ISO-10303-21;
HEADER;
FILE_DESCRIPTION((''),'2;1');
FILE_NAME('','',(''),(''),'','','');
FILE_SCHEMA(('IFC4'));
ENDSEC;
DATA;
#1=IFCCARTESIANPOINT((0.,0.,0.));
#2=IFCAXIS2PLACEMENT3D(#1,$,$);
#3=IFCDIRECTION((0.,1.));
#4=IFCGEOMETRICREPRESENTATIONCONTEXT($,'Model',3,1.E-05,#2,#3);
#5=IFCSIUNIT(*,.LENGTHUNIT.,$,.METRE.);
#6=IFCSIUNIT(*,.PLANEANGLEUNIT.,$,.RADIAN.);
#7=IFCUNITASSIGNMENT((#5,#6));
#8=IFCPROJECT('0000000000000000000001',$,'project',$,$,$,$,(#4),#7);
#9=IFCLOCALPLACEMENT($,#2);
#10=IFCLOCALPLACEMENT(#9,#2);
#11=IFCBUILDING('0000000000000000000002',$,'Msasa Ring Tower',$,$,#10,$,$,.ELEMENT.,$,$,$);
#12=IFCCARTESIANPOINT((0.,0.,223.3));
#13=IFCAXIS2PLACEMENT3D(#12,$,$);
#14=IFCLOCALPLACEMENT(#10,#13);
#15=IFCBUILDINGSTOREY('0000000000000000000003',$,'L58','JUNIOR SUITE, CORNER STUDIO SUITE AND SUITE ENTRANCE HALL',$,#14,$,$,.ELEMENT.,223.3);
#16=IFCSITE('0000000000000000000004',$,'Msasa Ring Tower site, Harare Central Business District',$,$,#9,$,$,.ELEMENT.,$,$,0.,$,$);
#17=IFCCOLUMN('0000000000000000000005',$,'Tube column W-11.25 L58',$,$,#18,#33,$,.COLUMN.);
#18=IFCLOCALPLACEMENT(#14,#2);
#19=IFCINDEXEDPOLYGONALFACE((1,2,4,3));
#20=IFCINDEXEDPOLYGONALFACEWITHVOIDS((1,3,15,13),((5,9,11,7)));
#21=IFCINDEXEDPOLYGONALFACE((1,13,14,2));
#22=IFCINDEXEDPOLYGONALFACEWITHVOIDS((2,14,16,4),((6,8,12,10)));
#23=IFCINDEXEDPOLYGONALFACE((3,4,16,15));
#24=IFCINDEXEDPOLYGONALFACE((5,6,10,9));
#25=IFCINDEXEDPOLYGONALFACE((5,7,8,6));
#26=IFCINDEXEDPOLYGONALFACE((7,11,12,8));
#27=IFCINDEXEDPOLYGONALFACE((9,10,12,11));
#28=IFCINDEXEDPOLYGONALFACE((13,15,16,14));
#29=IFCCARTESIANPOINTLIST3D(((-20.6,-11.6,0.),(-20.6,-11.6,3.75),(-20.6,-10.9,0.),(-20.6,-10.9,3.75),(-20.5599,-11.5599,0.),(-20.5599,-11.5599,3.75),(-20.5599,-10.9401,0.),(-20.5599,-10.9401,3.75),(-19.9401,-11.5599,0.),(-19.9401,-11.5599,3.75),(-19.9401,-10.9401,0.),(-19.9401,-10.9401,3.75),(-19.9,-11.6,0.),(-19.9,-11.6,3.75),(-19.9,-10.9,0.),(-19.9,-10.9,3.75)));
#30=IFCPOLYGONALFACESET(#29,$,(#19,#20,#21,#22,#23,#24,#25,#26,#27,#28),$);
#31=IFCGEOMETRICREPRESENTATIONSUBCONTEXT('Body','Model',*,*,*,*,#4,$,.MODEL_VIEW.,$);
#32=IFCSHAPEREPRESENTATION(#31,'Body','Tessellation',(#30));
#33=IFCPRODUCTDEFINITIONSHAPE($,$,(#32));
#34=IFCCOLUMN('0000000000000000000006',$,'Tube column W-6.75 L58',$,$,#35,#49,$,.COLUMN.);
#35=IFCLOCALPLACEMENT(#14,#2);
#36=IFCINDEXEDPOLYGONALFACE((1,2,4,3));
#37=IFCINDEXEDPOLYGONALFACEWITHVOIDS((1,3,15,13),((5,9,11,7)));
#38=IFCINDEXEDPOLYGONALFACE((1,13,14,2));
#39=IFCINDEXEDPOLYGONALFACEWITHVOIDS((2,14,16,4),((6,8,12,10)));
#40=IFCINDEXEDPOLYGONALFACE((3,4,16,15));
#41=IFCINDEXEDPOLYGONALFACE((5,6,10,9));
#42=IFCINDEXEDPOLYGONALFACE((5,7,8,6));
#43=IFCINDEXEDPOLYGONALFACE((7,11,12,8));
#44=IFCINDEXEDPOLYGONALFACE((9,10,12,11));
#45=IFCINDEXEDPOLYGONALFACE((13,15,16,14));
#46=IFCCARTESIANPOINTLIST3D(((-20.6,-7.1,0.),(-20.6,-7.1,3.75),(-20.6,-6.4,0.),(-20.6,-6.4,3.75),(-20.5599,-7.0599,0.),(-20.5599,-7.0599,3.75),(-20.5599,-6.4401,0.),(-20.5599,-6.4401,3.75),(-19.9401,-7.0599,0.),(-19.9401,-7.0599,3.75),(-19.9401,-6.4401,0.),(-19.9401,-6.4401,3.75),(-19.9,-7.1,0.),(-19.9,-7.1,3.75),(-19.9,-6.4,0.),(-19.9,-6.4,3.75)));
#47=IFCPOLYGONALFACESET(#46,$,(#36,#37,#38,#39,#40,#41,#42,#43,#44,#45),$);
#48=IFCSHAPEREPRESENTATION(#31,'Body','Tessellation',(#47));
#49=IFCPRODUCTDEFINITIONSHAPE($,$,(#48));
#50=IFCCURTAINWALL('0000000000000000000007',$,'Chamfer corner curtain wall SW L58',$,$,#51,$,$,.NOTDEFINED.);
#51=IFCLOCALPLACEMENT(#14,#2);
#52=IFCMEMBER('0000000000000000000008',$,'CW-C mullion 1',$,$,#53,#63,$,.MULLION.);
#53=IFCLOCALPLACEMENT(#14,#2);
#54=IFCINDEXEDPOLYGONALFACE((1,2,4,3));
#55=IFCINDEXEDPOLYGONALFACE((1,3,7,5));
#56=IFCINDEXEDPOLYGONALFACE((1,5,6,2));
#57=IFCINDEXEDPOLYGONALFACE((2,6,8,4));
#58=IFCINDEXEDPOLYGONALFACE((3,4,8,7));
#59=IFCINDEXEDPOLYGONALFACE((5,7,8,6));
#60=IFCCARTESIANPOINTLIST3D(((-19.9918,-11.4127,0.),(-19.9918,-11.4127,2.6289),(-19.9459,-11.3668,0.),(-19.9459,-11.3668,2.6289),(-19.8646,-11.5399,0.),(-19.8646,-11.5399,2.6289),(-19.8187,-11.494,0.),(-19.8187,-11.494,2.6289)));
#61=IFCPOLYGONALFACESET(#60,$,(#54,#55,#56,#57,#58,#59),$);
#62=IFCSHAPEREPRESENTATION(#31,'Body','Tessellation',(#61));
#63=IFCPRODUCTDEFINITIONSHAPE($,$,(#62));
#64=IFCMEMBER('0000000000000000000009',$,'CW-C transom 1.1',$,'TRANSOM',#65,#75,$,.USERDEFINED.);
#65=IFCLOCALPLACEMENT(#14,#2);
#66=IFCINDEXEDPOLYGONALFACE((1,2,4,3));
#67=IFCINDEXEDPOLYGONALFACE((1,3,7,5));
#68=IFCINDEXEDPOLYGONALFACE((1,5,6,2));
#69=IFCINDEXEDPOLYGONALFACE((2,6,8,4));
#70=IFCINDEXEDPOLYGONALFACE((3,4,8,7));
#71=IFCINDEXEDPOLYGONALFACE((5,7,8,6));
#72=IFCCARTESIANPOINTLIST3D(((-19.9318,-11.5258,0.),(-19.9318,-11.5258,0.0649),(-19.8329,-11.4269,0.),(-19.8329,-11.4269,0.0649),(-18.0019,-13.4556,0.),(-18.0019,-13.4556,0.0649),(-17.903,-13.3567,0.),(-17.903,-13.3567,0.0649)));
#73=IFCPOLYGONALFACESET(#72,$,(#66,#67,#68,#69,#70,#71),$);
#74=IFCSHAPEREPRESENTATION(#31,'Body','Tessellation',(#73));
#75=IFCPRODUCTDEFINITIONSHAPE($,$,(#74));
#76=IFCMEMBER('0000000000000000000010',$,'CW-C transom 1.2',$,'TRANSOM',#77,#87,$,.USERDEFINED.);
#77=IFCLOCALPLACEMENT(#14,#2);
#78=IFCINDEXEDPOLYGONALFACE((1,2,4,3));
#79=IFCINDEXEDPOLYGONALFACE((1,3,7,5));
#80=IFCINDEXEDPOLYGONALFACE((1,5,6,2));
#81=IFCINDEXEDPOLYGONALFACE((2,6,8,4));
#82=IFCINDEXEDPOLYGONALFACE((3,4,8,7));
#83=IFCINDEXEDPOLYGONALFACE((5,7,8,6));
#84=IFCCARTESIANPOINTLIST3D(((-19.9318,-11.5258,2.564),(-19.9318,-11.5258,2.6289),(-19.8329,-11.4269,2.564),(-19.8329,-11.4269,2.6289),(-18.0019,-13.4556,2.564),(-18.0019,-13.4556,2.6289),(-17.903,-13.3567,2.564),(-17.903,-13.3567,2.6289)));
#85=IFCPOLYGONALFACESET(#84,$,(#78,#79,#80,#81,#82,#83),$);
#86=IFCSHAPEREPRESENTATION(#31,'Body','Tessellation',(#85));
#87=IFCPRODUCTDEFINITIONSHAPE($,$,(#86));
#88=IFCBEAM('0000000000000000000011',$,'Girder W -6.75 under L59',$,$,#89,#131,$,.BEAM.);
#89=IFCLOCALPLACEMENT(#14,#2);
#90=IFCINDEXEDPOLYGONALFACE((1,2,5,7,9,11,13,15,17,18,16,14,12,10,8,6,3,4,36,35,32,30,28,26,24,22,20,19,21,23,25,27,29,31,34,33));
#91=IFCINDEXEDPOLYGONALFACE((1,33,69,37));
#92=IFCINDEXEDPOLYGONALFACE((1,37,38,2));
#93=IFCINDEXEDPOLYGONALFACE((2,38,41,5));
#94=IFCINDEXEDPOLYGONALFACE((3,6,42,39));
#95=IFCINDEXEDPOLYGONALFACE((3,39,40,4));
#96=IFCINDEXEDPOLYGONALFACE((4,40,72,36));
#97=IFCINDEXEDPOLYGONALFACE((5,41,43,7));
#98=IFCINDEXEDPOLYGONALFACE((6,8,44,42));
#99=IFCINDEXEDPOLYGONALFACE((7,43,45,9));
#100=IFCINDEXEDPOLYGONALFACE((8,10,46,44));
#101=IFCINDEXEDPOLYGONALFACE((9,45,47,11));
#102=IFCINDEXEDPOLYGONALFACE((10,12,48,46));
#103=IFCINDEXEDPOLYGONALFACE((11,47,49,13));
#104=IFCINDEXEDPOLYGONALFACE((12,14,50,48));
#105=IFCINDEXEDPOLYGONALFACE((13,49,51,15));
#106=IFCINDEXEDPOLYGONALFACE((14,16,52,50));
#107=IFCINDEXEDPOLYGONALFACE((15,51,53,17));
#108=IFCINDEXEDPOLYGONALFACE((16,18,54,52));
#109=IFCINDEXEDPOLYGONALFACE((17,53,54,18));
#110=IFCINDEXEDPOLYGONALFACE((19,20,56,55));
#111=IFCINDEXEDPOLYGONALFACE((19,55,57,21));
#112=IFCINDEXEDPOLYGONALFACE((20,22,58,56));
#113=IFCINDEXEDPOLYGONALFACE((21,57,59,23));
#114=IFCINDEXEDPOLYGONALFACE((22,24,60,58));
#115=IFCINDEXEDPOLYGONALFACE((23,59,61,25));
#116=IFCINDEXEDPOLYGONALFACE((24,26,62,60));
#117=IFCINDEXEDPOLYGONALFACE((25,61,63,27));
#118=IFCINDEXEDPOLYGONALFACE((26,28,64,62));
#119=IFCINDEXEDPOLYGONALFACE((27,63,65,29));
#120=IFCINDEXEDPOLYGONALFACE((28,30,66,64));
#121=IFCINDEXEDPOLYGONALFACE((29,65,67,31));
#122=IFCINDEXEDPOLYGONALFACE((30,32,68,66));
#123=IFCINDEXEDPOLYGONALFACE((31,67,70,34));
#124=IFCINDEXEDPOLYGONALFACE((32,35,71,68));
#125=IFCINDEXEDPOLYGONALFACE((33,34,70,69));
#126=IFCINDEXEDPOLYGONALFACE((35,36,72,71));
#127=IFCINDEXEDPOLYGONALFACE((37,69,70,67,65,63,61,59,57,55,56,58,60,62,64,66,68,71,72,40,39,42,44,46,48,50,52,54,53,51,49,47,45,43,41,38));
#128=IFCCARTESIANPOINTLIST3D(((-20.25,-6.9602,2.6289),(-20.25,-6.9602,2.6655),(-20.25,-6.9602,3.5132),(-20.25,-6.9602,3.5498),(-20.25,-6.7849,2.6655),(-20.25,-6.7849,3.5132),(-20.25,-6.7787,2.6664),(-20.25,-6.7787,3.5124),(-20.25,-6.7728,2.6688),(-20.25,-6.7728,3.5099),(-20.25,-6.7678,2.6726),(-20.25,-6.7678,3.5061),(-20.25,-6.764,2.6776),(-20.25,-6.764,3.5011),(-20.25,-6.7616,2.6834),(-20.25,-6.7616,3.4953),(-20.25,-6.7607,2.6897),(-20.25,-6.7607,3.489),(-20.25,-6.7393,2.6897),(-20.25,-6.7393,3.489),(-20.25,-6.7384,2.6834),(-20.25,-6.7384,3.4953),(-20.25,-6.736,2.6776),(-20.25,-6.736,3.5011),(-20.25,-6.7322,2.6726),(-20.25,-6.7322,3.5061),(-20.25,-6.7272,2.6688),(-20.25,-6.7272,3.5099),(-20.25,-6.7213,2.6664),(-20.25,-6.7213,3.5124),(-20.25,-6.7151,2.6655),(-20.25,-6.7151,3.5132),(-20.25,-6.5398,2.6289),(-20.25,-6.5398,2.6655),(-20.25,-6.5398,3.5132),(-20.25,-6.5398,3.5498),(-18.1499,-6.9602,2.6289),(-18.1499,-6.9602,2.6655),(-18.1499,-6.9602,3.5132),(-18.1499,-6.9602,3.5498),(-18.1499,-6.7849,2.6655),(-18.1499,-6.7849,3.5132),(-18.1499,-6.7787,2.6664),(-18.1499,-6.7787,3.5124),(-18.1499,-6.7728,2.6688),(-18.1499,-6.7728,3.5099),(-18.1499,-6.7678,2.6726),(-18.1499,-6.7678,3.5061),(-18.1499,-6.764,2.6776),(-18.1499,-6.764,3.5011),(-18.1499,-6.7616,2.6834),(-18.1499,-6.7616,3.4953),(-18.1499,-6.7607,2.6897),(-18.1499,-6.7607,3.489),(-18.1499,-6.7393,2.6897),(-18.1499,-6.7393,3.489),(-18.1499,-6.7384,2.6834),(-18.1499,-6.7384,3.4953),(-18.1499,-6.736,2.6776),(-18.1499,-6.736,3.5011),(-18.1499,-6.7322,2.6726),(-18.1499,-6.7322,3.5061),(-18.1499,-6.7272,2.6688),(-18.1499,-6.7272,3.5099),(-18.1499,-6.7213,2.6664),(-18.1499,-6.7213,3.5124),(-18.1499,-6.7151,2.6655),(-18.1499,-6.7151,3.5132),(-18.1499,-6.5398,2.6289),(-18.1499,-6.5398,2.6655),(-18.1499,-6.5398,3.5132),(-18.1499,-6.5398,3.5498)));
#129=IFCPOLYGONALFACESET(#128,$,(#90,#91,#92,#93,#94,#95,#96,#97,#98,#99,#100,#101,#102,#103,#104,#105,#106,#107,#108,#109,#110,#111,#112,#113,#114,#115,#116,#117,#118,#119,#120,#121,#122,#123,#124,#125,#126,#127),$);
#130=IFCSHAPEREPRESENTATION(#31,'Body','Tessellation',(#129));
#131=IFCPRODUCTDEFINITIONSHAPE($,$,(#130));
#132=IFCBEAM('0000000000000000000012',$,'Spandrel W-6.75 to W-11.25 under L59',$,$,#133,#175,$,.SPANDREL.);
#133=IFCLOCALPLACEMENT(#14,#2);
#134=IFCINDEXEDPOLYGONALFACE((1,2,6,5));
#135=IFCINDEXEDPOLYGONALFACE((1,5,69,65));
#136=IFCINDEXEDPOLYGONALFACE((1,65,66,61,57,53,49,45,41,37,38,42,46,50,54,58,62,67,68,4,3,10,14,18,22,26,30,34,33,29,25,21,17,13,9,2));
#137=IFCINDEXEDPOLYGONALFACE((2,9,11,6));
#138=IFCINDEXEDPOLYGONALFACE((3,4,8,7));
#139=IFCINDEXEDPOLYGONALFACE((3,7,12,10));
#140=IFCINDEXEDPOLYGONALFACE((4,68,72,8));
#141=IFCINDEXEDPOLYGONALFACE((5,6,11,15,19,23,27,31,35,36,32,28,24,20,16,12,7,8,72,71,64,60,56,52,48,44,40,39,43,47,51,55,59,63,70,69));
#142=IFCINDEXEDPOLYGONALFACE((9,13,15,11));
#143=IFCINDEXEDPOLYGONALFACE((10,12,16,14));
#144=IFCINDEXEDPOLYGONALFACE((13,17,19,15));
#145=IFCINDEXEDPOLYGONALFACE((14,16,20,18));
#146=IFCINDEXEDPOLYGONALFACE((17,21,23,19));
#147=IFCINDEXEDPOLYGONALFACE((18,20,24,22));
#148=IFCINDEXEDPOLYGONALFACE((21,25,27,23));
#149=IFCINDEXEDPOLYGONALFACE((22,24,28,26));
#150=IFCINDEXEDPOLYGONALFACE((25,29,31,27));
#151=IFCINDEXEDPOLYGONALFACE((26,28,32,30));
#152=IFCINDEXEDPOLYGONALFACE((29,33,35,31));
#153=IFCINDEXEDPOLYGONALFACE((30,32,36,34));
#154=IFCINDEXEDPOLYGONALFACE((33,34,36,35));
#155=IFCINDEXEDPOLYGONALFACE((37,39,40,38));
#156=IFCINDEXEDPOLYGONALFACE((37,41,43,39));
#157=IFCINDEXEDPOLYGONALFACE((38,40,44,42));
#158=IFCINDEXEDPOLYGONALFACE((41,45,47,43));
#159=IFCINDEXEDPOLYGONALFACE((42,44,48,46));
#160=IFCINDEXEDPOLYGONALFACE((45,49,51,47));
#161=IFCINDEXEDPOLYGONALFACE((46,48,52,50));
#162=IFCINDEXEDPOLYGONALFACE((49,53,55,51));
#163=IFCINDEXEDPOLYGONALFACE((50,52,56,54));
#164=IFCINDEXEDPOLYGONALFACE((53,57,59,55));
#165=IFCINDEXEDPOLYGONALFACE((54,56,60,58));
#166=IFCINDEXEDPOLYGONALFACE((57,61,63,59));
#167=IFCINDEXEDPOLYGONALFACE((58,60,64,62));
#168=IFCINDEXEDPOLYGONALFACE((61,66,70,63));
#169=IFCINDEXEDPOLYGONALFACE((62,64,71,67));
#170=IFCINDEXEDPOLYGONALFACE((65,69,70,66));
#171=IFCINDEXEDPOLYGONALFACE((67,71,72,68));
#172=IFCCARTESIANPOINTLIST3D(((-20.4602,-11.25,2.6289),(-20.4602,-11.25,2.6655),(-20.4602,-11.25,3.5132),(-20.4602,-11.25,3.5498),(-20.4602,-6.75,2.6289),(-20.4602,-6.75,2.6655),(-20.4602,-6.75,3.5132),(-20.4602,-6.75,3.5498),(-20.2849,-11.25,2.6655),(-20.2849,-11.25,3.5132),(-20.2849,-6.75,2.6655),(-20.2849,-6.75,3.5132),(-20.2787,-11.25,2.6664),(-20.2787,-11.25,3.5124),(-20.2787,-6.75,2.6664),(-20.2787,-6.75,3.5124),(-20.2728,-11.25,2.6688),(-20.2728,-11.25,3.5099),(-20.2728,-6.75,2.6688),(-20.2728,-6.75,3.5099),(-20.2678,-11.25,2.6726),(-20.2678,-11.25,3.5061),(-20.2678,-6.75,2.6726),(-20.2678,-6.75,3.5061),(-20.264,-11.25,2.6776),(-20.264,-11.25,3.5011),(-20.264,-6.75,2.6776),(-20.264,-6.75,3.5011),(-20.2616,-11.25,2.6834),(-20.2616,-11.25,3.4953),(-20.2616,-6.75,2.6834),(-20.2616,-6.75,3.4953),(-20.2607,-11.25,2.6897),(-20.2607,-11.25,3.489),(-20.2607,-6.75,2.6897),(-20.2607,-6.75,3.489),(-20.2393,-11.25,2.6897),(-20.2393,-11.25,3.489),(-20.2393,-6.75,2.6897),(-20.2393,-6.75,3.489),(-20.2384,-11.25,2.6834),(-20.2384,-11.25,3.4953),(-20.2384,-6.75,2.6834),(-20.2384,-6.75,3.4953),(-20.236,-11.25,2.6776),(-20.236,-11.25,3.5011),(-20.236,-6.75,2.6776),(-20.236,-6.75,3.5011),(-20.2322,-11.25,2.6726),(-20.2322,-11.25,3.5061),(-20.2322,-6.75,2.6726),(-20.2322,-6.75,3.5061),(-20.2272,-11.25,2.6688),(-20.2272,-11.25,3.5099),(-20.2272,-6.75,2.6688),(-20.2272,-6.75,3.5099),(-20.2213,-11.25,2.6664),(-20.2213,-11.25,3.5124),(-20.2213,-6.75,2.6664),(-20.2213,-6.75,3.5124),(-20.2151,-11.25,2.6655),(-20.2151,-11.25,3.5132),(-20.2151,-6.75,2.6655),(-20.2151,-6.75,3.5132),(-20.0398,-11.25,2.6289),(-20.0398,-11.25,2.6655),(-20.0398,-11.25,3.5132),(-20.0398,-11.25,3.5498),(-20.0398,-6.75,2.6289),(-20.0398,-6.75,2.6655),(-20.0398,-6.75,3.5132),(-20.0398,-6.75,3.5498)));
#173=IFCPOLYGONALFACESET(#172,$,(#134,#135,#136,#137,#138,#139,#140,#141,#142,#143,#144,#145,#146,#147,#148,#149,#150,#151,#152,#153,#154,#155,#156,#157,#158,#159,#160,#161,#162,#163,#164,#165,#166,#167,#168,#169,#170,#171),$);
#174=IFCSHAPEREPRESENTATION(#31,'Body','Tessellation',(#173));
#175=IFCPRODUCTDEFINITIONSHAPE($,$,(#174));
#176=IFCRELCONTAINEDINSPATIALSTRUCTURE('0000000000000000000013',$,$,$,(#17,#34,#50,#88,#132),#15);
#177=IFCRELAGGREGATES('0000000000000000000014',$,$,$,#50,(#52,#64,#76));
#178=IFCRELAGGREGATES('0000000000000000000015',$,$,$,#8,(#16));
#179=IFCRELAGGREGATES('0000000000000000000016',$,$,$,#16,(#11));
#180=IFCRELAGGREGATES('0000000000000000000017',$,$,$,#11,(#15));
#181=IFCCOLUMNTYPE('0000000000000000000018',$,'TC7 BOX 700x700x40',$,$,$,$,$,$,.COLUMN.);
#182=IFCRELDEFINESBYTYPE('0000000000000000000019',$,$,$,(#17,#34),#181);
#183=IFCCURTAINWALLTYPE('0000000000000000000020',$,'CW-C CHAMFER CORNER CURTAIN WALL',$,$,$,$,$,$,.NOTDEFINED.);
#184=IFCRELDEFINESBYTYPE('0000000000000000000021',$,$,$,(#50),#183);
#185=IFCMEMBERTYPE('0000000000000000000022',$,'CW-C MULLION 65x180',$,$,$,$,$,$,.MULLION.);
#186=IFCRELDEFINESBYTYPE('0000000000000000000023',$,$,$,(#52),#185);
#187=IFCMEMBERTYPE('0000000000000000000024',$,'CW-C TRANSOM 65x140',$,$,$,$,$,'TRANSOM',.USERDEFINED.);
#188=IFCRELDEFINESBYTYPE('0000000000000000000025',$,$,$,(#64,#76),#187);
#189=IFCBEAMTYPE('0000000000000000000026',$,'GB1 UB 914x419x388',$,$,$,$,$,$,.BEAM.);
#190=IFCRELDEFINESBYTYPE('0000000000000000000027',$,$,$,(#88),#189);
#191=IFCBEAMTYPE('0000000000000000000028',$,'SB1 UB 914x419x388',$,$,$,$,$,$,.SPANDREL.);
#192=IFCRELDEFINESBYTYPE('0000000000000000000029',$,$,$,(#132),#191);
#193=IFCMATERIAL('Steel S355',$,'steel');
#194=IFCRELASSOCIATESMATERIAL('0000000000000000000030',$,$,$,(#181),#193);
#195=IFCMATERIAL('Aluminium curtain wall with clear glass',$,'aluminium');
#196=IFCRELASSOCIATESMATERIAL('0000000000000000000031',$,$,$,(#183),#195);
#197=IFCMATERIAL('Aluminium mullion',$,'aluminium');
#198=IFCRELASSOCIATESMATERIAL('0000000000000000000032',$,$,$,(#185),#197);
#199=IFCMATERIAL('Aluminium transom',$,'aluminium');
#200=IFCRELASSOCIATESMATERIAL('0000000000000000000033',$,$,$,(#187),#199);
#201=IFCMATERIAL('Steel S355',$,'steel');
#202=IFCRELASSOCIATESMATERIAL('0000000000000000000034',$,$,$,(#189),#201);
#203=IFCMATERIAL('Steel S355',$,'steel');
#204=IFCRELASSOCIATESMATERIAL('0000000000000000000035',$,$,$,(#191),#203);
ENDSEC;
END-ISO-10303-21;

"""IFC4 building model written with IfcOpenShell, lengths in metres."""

from ifc_helpers import new_model, si_unit, direction, frame, origin, origin_2d, place, context, subcontext, project, spatial, rectangle, hollow_rectangle, i_section, extrude, material, material_profile, profile_set, type_object, element, aggregate, save


model = new_model("IFC4")

# Units and contexts
model_context = context("Model", 3, precision=1e-05, world=origin(), true_north=direction((0.0, 1.0)))
body_context = subcontext(model_context, "Body", "Model", "MODEL_VIEW")
ifc_project = project(units=[si_unit("LENGTHUNIT", "METRE"), si_unit("PLANEANGLEUNIT", "RADIAN")], contexts=[model_context])

# Site, building, storey
site_placement = place(None, origin())
site = spatial("IfcSite", under=ifc_project, at=site_placement, Name="Msasa Ring Tower site, Harare Central Business District", CompositionType="ELEMENT", RefElevation=0.0)
building_placement = place(site_placement, origin())
building = spatial("IfcBuilding", under=site, at=building_placement, Name="Msasa Ring Tower", CompositionType="ELEMENT")
storey_placement = place(building_placement, frame((0.0, 0.0, 223.3)))
storey = spatial("IfcBuildingStorey", under=building, at=storey_placement, Name="L58", Description="JUNIOR SUITE, CORNER STUDIO SUITE AND SUITE ENTRANCE HALL", CompositionType="ELEMENT", Elevation=223.3)

# Columns
ifc_material_1 = material(Name="Steel S355", Category="steel")
ifc_material_profile_1 = material_profile(ifc_material_1, hollow_rectangle(XDim=0.7, YDim=0.7, WallThickness=0.04, at=origin_2d()), Name="BOX 700x700x40")
ifc_profile_set_1 = profile_set([ifc_material_profile_1], Name="Steel S355")
column_type = type_object("IfcColumnType", Name="TC7 BOX 700x700x40", PredefinedType="COLUMN", material=ifc_profile_set_1)
for number, where, z_axis, x_axis, name in (
    (1, (-20.25, -11.25, 0.0), (0.0, 0.0, 1.0), (1.0, 0.0, 0.0), "Tube column W-11.25 L58"),
    (2, (-20.25, -6.75, 0.0), (0.0, 0.0, 1.0), (1.0, 0.0, 0.0), "Tube column W-6.75 L58"),
):
    element("IfcColumn", number, at=place(storey_placement, frame(where, z_axis=z_axis, x_axis=x_axis)), inside=storey, type_object=column_type, Name=name, PredefinedType="COLUMN", context=body_context, shape_type="SweptSolid", body=[
        extrude(hollow_rectangle(XDim=0.7, YDim=0.7, WallThickness=0.04, at=origin_2d()), origin(), (0.0, 0.0, 1.0), 3.75),
    ])

# Curtain wall, members
ifc_material_2 = material(Name="Aluminium curtain wall with clear glass", Category="aluminium")
curtain_wall_type = type_object("IfcCurtainWallType", Name="CW-C CHAMFER CORNER CURTAIN WALL", PredefinedType="NOTDEFINED", material=ifc_material_2)
curtain_wall_placement = place(storey_placement, origin())
curtain_wall = element("IfcCurtainWall", 3, at=curtain_wall_placement, inside=storey, type_object=curtain_wall_type, Name="Chamfer corner curtain wall SW L58", PredefinedType="NOTDEFINED")
ifc_material_3 = material(Name="Aluminium mullion", Category="aluminium")
ifc_material_profile_2 = material_profile(ifc_material_3, rectangle(XDim=0.0649, YDim=0.1799, at=origin_2d()), Name="AL 65x180")
ifc_profile_set_2 = profile_set([ifc_material_profile_2], Name="Aluminium mullion")
member_type_1 = type_object("IfcMemberType", Name="CW-C MULLION 65x180", PredefinedType="MULLION", material=ifc_profile_set_2)
member_1_placement = place(storey_placement, frame((-19.9053, -11.4534, 0.0), z_axis=(0.0, 0.0, 1.0), x_axis=(0.707107, 0.707107, 0.0)))
member_1 = element("IfcMember", 4, at=member_1_placement, type_object=member_type_1, Name="CW-C mullion 1", PredefinedType="MULLION", context=body_context, shape_type="SweptSolid", body=[
    extrude(rectangle(XDim=0.0649, YDim=0.1799, at=origin_2d()), origin(), (0.0, 0.0, 1.0), 2.6289),
])
ifc_material_4 = material(Name="Aluminium transom", Category="aluminium")
ifc_material_profile_3 = material_profile(ifc_material_4, rectangle(XDim=0.1399, YDim=0.0649, at=origin_2d()), Name="AL 65x140")
ifc_profile_set_3 = profile_set([ifc_material_profile_3], Name="Aluminium transom")
member_type_2 = type_object("IfcMemberType", Name="CW-C TRANSOM 65x140", ElementType="TRANSOM", PredefinedType="USERDEFINED", material=ifc_profile_set_3)
member_2_placement = place(storey_placement, frame((-19.8823, -11.4763, 0.0325), z_axis=(0.707107, -0.707107, 0.0), x_axis=(0.707107, 0.707107, 0.0)))
member_2 = element("IfcMember", 5, at=member_2_placement, type_object=member_type_2, Name="CW-C transom 1.1", ObjectType="TRANSOM", PredefinedType="USERDEFINED", context=body_context, shape_type="SweptSolid", body=[
    extrude(rectangle(XDim=0.1399, YDim=0.0649, at=origin_2d()), origin(), (0.0, 0.0, 1.0), 2.7292),
])
member_3_placement = place(storey_placement, frame((-19.8823, -11.4763, 2.5964), z_axis=(0.707107, -0.707107, 0.0), x_axis=(0.707107, 0.707107, 0.0)))
member_3 = element("IfcMember", 6, at=member_3_placement, type_object=member_type_2, Name="CW-C transom 1.2", ObjectType="TRANSOM", PredefinedType="USERDEFINED", context=body_context, shape_type="SweptSolid", body=[
    extrude(rectangle(XDim=0.1399, YDim=0.0649, at=origin_2d()), origin(), (0.0, 0.0, 1.0), 2.7292),
])
aggregate(curtain_wall, [member_1, member_2, member_3])

# Beams
ifc_material_5 = material(Name="Steel S355", Category="steel")
ifc_material_profile_4 = material_profile(ifc_material_5, i_section(OverallWidth=0.4204, OverallDepth=0.9209, WebThickness=0.0215, FlangeThickness=0.0366, FilletRadius=0.0242, at=origin_2d()), Name="UB 914x419x388")
ifc_profile_set_4 = profile_set([ifc_material_profile_4], Name="Steel S355")
beam_type_1 = type_object("IfcBeamType", Name="GB1 UB 914x419x388", PredefinedType="BEAM", material=ifc_profile_set_4)
beam_1_placement = place(storey_placement, frame((-18.1499, -6.75, 3.0894), z_axis=(-1.0, 0.0, 0.0), x_axis=(0.0, -1.0, 0.0)))
element("IfcBeam", 7, at=beam_1_placement, inside=storey, type_object=beam_type_1, Name="Girder W -6.75 under L59", PredefinedType="BEAM", context=body_context, shape_type="SweptSolid", body=[
    extrude(i_section(OverallWidth=0.4204, OverallDepth=0.9209, WebThickness=0.0215, FlangeThickness=0.0366, FilletRadius=0.0242, at=origin_2d()), origin(), (0.0, 0.0, 1.0), 2.1001),
])
ifc_material_6 = material(Name="Steel S355", Category="steel")
ifc_material_profile_5 = material_profile(ifc_material_6, i_section(OverallWidth=0.4204, OverallDepth=0.9209, WebThickness=0.0215, FlangeThickness=0.0366, FilletRadius=0.0242, at=origin_2d()), Name="UB 914x419x388")
ifc_profile_set_5 = profile_set([ifc_material_profile_5], Name="Steel S355")
beam_type_2 = type_object("IfcBeamType", Name="SB1 UB 914x419x388", PredefinedType="SPANDREL", material=ifc_profile_set_5)
beam_2_placement = place(storey_placement, frame((-20.25, -6.75, 3.0894), z_axis=(0.0, -1.0, 0.0), x_axis=(1.0, 0.0, 0.0)))
element("IfcBeam", 8, at=beam_2_placement, inside=storey, type_object=beam_type_2, Name="Spandrel W-6.75 to W-11.25 under L59", PredefinedType="SPANDREL", context=body_context, shape_type="SweptSolid", body=[
    extrude(i_section(OverallWidth=0.4204, OverallDepth=0.9209, WebThickness=0.0215, FlangeThickness=0.0366, FilletRadius=0.0242, at=origin_2d()), origin(), (0.0, 0.0, 1.0), 4.5),
])

save(model, "model.ifc")
